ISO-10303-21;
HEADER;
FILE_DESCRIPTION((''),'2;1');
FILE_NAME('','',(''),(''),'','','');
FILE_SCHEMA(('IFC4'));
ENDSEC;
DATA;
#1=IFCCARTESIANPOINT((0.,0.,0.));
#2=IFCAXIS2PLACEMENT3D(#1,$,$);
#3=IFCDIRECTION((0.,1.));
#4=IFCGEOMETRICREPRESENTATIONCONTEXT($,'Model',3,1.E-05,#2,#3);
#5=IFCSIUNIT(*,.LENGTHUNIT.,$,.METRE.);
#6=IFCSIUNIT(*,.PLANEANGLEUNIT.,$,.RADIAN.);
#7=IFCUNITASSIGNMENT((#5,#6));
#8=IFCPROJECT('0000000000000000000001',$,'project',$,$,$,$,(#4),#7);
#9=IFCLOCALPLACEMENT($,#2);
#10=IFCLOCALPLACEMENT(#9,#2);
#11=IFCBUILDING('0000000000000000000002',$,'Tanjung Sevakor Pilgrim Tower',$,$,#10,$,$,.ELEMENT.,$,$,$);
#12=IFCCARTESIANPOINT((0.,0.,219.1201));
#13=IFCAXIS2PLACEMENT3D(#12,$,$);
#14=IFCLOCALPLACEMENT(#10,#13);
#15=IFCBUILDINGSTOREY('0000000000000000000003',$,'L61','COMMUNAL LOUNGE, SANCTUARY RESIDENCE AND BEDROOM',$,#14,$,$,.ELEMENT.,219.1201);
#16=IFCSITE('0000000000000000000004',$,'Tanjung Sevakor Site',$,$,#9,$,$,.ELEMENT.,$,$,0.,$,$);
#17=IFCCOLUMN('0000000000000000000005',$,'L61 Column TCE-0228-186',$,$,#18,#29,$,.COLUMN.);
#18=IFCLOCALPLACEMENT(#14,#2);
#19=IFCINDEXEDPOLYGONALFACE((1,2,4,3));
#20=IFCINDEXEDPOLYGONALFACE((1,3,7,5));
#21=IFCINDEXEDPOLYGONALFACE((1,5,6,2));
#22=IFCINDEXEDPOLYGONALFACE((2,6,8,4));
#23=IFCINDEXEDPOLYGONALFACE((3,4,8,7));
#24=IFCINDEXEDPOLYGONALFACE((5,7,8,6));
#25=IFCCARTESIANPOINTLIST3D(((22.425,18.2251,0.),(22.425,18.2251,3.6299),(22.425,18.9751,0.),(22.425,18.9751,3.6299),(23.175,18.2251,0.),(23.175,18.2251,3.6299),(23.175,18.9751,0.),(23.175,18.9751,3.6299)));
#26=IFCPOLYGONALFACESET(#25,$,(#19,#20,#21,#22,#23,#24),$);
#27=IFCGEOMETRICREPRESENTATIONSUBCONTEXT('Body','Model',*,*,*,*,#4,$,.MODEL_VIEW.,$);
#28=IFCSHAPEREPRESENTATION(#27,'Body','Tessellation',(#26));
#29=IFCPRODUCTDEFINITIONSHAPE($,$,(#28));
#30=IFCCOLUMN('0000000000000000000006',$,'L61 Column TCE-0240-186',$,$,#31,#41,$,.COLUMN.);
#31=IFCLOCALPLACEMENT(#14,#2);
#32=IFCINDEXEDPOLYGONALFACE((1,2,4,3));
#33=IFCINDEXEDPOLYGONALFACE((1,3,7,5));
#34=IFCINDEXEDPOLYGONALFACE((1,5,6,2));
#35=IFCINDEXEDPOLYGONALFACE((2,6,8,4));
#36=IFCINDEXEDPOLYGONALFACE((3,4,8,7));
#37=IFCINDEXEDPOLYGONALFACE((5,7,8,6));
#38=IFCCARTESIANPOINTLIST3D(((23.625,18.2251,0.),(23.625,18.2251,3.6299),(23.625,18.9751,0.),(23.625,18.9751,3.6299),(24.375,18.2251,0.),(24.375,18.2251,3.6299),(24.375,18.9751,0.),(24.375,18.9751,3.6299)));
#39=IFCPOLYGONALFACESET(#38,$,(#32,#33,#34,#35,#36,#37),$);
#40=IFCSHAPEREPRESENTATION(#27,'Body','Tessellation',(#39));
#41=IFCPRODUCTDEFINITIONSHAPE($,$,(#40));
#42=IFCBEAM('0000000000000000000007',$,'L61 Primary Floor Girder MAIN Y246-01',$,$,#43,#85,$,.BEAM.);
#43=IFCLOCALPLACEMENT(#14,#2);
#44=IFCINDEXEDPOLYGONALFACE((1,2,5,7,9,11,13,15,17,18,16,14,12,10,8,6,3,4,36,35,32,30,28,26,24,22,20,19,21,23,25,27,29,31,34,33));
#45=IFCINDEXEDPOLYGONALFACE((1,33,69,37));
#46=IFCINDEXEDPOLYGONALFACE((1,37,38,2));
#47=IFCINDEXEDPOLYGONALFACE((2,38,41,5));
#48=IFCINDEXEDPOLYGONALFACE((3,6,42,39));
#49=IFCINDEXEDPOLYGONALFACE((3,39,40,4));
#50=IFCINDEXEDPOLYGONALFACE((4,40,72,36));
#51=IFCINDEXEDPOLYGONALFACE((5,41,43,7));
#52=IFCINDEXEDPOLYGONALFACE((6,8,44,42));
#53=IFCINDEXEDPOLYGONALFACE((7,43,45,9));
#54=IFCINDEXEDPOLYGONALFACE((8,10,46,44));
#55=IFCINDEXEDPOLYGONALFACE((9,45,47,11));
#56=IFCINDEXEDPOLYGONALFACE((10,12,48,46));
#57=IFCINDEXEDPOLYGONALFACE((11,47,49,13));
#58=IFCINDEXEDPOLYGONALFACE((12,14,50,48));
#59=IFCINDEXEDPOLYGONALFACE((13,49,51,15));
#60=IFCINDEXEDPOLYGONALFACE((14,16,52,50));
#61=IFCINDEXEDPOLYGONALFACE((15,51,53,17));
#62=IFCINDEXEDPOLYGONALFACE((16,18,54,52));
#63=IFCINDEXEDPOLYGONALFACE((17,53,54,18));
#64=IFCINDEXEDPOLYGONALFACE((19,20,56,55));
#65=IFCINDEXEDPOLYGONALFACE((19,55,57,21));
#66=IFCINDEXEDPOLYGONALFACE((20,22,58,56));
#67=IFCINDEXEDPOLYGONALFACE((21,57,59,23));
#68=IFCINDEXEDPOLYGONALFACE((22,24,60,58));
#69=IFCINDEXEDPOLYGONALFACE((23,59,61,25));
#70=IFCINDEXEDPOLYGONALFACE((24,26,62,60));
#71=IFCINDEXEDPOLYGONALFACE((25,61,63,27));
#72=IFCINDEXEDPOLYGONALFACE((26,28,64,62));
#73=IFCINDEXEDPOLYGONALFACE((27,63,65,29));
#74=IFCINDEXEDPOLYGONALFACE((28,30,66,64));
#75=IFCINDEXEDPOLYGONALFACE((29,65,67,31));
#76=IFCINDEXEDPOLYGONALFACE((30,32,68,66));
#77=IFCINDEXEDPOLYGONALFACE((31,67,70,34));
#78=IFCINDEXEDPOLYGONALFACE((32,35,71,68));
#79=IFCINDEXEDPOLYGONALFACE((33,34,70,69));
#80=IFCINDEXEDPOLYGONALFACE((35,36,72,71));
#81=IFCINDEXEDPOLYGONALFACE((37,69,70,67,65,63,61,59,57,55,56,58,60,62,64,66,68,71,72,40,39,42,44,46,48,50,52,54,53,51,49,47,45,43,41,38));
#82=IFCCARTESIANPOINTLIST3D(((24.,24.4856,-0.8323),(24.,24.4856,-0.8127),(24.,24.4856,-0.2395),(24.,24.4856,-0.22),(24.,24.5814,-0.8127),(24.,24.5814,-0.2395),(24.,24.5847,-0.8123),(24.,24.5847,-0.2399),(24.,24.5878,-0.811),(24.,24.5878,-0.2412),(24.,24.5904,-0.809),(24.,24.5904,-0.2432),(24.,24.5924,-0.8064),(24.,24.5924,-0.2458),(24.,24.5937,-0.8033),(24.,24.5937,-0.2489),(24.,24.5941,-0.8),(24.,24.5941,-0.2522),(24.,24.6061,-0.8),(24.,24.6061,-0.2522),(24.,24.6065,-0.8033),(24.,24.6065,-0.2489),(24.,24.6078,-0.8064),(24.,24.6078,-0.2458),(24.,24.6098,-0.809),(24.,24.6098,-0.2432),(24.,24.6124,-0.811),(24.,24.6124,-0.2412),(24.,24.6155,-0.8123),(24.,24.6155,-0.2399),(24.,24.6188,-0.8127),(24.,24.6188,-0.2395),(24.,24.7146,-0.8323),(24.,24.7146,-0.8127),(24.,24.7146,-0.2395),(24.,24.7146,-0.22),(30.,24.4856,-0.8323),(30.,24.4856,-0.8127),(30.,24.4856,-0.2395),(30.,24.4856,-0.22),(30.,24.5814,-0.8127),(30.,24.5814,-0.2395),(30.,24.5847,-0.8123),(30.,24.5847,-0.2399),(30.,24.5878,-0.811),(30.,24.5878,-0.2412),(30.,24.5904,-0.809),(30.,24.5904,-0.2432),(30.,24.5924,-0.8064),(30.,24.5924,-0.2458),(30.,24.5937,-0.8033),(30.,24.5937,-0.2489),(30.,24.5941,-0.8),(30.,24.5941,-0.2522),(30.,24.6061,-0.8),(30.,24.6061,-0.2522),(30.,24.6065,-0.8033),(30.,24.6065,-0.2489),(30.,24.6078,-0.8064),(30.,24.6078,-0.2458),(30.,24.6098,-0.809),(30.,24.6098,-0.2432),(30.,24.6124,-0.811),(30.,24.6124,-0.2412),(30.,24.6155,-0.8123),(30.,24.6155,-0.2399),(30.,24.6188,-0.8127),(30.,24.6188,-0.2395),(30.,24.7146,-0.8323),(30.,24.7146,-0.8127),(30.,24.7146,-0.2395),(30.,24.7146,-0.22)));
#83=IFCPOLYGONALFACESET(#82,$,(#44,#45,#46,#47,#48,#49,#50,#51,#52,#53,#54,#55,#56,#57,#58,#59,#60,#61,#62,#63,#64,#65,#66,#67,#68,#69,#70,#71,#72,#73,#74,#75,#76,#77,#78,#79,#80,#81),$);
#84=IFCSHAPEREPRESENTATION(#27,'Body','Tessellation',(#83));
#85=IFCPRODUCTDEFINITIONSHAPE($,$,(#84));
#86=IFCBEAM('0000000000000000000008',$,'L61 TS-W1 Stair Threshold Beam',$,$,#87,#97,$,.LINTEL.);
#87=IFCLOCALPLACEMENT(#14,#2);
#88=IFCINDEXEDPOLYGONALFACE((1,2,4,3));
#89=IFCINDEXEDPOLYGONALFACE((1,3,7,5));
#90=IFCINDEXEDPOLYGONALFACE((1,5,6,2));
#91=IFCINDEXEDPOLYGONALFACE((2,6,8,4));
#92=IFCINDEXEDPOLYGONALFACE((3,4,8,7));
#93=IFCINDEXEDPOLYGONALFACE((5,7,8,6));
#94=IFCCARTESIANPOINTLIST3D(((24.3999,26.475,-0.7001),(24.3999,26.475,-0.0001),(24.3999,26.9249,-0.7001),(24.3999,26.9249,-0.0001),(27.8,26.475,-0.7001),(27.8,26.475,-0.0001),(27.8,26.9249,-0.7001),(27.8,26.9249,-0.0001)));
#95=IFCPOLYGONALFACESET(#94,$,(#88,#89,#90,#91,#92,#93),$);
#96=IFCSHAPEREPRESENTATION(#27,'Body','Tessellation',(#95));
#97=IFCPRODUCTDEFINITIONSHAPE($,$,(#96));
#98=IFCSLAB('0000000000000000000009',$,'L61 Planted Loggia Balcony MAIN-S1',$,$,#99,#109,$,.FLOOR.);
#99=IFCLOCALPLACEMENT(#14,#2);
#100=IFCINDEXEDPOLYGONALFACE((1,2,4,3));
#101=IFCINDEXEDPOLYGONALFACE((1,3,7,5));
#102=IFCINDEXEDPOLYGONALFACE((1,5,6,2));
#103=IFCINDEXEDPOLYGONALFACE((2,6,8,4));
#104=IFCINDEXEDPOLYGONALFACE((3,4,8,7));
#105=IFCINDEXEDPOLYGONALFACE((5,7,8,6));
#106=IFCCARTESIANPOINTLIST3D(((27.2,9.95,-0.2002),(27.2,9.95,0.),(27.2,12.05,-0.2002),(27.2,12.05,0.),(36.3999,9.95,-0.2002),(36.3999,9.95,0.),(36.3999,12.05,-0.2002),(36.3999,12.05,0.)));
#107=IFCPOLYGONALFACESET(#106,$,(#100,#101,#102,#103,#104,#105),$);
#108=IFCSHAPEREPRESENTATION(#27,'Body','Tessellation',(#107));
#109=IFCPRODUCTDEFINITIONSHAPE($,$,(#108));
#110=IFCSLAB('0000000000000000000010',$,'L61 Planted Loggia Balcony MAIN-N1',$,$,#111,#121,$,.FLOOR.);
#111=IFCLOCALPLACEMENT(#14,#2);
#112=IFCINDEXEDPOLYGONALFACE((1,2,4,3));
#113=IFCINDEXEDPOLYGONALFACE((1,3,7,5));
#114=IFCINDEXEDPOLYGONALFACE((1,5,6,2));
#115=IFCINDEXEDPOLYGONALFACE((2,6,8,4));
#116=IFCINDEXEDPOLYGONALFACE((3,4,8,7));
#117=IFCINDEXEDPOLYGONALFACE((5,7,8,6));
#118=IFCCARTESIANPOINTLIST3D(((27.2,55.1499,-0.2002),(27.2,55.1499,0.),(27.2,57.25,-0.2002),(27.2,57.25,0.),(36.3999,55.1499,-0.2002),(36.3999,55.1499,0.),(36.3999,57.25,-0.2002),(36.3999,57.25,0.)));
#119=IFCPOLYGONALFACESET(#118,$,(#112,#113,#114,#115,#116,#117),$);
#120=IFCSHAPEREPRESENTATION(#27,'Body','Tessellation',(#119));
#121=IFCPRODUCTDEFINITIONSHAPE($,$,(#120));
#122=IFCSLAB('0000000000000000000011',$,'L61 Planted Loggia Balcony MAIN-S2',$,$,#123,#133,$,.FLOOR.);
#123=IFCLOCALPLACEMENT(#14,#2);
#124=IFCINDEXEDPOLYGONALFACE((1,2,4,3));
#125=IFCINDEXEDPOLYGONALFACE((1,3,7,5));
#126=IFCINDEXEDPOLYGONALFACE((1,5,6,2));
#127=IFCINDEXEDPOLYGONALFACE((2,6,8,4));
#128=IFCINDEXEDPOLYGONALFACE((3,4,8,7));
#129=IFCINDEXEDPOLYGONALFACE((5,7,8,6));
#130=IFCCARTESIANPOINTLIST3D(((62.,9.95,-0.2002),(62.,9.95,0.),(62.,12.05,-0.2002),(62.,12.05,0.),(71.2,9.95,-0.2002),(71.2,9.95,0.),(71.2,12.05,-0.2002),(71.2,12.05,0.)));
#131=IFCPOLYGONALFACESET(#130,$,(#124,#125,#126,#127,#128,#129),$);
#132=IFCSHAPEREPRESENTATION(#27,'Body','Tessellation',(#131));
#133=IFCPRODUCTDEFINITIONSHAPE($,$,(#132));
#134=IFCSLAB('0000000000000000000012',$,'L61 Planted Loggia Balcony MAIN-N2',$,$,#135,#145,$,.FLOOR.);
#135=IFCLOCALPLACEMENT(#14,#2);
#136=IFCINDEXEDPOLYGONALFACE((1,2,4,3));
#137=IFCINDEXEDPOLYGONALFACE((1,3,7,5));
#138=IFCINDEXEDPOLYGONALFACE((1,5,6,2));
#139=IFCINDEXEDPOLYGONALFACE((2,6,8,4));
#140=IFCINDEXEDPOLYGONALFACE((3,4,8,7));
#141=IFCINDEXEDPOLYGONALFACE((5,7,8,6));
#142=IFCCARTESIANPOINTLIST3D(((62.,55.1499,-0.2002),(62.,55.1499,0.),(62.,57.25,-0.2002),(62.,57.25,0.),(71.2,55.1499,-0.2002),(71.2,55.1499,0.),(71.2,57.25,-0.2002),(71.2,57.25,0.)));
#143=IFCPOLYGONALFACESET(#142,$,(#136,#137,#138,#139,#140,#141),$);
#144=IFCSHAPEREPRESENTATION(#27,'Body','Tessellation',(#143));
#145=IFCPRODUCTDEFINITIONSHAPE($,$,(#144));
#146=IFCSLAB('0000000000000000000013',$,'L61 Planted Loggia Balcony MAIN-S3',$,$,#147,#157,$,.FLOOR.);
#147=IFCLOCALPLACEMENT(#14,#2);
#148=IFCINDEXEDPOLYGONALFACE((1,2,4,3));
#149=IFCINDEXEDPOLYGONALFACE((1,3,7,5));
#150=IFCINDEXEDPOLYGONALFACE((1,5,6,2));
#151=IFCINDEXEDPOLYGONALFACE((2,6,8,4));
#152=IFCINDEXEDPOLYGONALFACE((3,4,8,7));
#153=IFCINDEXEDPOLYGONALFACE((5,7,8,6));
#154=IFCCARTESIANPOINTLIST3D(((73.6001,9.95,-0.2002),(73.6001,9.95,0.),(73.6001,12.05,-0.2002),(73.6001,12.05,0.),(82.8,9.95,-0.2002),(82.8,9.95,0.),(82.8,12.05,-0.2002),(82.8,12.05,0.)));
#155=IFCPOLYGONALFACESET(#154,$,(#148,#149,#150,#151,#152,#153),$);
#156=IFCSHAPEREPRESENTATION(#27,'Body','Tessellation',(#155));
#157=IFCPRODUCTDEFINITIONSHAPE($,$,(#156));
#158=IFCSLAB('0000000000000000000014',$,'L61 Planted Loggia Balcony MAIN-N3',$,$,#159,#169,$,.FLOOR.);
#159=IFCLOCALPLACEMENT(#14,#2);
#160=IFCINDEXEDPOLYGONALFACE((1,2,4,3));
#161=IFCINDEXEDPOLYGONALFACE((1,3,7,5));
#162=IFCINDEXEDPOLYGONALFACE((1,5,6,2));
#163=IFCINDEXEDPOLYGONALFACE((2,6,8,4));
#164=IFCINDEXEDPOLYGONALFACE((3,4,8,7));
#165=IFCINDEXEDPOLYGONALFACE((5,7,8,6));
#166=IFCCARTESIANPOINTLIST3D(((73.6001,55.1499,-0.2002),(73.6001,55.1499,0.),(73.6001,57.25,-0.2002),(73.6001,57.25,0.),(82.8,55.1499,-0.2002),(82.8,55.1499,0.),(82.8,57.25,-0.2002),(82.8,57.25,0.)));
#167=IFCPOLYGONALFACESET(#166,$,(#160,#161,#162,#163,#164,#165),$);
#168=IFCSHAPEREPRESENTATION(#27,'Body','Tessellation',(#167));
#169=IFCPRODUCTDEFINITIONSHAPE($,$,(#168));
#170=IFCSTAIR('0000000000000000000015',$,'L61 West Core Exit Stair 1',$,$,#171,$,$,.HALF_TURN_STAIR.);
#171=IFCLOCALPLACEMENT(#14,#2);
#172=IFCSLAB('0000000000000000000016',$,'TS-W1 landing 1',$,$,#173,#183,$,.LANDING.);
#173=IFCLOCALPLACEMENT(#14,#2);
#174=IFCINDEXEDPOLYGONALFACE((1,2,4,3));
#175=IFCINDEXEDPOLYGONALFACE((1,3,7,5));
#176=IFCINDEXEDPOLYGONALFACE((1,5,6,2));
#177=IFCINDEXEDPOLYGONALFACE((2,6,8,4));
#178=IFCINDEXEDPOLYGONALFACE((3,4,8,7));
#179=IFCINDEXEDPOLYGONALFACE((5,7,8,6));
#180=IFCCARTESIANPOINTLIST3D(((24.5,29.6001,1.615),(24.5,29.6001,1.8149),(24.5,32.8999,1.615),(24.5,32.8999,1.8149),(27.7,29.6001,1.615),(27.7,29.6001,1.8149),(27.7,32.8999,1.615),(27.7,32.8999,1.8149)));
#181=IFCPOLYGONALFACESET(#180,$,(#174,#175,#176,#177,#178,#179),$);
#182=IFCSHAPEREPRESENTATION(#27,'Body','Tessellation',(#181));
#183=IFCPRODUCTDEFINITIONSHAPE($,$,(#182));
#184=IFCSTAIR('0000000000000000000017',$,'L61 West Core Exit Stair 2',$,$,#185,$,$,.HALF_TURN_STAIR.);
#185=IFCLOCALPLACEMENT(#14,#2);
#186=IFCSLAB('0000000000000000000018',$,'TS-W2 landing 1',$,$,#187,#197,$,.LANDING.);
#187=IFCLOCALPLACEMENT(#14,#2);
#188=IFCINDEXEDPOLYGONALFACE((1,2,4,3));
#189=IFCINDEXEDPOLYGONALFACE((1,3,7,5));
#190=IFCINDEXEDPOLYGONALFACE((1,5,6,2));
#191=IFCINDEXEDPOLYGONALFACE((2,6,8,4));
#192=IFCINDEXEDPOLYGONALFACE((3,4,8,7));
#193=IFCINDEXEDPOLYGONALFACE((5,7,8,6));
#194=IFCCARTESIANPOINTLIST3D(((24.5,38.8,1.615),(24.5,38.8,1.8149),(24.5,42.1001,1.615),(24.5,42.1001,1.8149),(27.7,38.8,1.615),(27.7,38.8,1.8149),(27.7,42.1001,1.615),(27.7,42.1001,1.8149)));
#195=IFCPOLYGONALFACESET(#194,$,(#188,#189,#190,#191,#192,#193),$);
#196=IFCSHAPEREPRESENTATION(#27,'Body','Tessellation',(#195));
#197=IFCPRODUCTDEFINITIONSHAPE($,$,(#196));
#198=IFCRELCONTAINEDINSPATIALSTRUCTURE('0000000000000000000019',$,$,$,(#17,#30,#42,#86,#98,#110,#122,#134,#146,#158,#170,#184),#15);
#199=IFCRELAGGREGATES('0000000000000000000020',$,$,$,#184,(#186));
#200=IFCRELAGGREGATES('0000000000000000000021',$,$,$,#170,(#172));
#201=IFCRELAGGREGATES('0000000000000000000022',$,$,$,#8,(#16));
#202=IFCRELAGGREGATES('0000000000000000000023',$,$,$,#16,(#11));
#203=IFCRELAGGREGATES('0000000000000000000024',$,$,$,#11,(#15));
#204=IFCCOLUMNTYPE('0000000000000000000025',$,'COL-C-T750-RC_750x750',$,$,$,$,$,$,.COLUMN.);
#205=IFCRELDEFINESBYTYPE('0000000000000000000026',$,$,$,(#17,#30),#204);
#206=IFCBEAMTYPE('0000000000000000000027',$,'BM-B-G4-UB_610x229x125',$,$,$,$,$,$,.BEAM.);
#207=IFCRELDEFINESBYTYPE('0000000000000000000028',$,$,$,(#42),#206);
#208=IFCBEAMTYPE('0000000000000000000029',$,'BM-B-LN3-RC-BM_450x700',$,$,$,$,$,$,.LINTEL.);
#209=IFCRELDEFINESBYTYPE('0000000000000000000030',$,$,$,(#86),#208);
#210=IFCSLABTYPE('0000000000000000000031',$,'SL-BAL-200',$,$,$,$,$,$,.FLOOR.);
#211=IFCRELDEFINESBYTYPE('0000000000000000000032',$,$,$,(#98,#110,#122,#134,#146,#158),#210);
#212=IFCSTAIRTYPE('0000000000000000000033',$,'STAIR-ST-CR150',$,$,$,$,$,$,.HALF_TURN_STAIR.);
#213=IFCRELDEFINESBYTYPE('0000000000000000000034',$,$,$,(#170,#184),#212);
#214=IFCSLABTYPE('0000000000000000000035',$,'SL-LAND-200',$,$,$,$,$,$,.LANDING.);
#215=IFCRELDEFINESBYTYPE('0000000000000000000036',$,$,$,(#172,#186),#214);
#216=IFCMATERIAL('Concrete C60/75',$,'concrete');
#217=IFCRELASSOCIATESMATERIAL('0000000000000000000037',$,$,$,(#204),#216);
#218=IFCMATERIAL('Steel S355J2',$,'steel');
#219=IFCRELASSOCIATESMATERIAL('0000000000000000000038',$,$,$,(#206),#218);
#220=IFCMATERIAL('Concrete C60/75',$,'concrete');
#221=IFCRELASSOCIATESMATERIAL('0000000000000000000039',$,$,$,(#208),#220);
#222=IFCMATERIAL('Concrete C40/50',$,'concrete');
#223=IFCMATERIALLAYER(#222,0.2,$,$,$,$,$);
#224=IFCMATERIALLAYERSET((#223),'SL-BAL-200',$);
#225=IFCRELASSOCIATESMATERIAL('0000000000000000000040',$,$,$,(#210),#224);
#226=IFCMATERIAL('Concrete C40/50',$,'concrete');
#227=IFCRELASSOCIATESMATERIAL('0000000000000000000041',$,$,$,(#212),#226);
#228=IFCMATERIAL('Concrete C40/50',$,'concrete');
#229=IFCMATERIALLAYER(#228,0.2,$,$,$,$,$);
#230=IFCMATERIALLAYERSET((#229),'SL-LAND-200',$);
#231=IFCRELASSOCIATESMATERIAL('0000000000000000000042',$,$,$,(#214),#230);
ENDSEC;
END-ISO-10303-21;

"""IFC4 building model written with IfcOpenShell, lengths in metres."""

from ifc_helpers import new_model, si_unit, direction, frame, origin, origin_2d, place, context, subcontext, project, spatial, polyline, rectangle, i_section, outline, extrude, material, layer, layer_set, material_profile, profile_set, type_object, element, aggregate, save


model = new_model("IFC4")

# Units and contexts
model_context = context("Model", 3, precision=1e-05, world=origin(), true_north=direction((0.0, 1.0)))
body_context = subcontext(model_context, "Body", "Model", "MODEL_VIEW")
ifc_project = project(units=[si_unit("LENGTHUNIT", "METRE"), si_unit("PLANEANGLEUNIT", "RADIAN")], contexts=[model_context])

# Site, building, storey
site_placement = place(None, origin())
site = spatial("IfcSite", under=ifc_project, at=site_placement, Name="Tanjung Sevakor Site", CompositionType="ELEMENT", RefElevation=0.0)
building_placement = place(site_placement, origin())
building = spatial("IfcBuilding", under=site, at=building_placement, Name="Tanjung Sevakor Pilgrim Tower", CompositionType="ELEMENT")
storey_placement = place(building_placement, frame((0.0, 0.0, 219.1201)))
storey = spatial("IfcBuildingStorey", under=building, at=storey_placement, Name="L61", Description="COMMUNAL LOUNGE, SANCTUARY RESIDENCE AND BEDROOM", CompositionType="ELEMENT", Elevation=219.1201)

# Columns
ifc_material_1 = material(Name="Concrete C60/75", Category="concrete")
ifc_material_profile_1 = material_profile(ifc_material_1, rectangle(XDim=0.75, YDim=0.75, at=origin_2d()))
ifc_profile_set_1 = profile_set([ifc_material_profile_1], Name="Concrete C60/75")
column_type = type_object("IfcColumnType", Name="COL-C-T750-RC_750x750", PredefinedType="COLUMN", material=ifc_profile_set_1)
for number, where, z_axis, x_axis, name in (
    (1, (22.8, 18.6001, 0.0), (0.0, 0.0, 1.0), (1.0, 0.0, 0.0), "L61 Column TCE-0228-186"),
    (2, (24.0, 18.6001, 0.0), (0.0, 0.0, 1.0), (1.0, 0.0, 0.0), "L61 Column TCE-0240-186"),
):
    element("IfcColumn", number, at=place(storey_placement, frame(where, z_axis=z_axis, x_axis=x_axis)), inside=storey, type_object=column_type, Name=name, PredefinedType="COLUMN", context=body_context, shape_type="SweptSolid", body=[
        extrude(rectangle(XDim=0.75, YDim=0.75, at=origin_2d()), origin(), (0.0, 0.0, 1.0), 3.6299),
    ])

# Beams
ifc_material_2 = material(Name="Steel S355J2", Category="steel")
ifc_material_profile_2 = material_profile(ifc_material_2, i_section(OverallWidth=0.229, OverallDepth=0.6123, WebThickness=0.012, FlangeThickness=0.0195, FilletRadius=0.0127, at=origin_2d()))
ifc_profile_set_2 = profile_set([ifc_material_profile_2], Name="Steel S355J2")
beam_type_1 = type_object("IfcBeamType", Name="BM-B-G4-UB_610x229x125", PredefinedType="BEAM", material=ifc_profile_set_2)
beam_1_placement = place(storey_placement, frame((24.0, 24.6001, -0.5261), z_axis=(1.0, 0.0, 0.0), x_axis=(0.0, 1.0, 0.0)))
element("IfcBeam", 3, at=beam_1_placement, inside=storey, type_object=beam_type_1, Name="L61 Primary Floor Girder MAIN Y246-01", PredefinedType="BEAM", context=body_context, shape_type="SweptSolid", body=[
    extrude(i_section(OverallWidth=0.229, OverallDepth=0.6123, WebThickness=0.012, FlangeThickness=0.0195, FilletRadius=0.0127, at=origin_2d()), origin(), (0.0, 0.0, 1.0), 6.0),
])
ifc_material_3 = material(Name="Concrete C60/75", Category="concrete")
ifc_material_profile_3 = material_profile(ifc_material_3, rectangle(XDim=0.45, YDim=0.7, at=origin_2d()))
ifc_profile_set_3 = profile_set([ifc_material_profile_3], Name="Concrete C60/75")
beam_type_2 = type_object("IfcBeamType", Name="BM-B-LN3-RC-BM_450x700", PredefinedType="LINTEL", material=ifc_profile_set_3)
beam_2_placement = place(storey_placement, frame((24.3999, 26.7, -0.3501), z_axis=(1.0, 0.0, 0.0), x_axis=(0.0, 1.0, 0.0)))
element("IfcBeam", 4, at=beam_2_placement, inside=storey, type_object=beam_type_2, Name="L61 TS-W1 Stair Threshold Beam", PredefinedType="LINTEL", context=body_context, shape_type="SweptSolid", body=[
    extrude(rectangle(XDim=0.45, YDim=0.7, at=origin_2d()), origin(), (0.0, 0.0, 1.0), 3.4001),
])

# Slabs
ifc_material_4 = material(Name="Concrete C40/50", Category="concrete")
ifc_layer_1 = layer(ifc_material_4, 0.2)
ifc_layer_set_1 = layer_set([ifc_layer_1], Name="SL-BAL-200")
slab_type_1 = type_object("IfcSlabType", Name="SL-BAL-200", PredefinedType="FLOOR", material=ifc_layer_set_1)
slab_1_placement = place(storey_placement, frame((0.0, 0.0, -0.2002)))
element("IfcSlab", 5, at=slab_1_placement, inside=storey, type_object=slab_type_1, Name="L61 Planted Loggia Balcony MAIN-S1", PredefinedType="FLOOR", context=body_context, shape_type="SweptSolid", body=[
    extrude(outline(polyline([(27.2, 9.95), (36.3999, 9.95), (36.3999, 12.05), (27.2, 12.05), (27.2, 9.95)])), origin(), (0.0, 0.0, 1.0), 0.2002),
])
slab_2_placement = place(storey_placement, frame((0.0, 0.0, -0.2002)))
element("IfcSlab", 6, at=slab_2_placement, inside=storey, type_object=slab_type_1, Name="L61 Planted Loggia Balcony MAIN-N1", PredefinedType="FLOOR", context=body_context, shape_type="SweptSolid", body=[
    extrude(outline(polyline([(27.2, 55.1499), (36.3999, 55.1499), (36.3999, 57.25), (27.2, 57.25), (27.2, 55.1499)])), origin(), (0.0, 0.0, 1.0), 0.2002),
])
slab_3_placement = place(storey_placement, frame((0.0, 0.0, -0.2002)))
element("IfcSlab", 7, at=slab_3_placement, inside=storey, type_object=slab_type_1, Name="L61 Planted Loggia Balcony MAIN-S2", PredefinedType="FLOOR", context=body_context, shape_type="SweptSolid", body=[
    extrude(outline(polyline([(62.0, 9.95), (71.2, 9.95), (71.2, 12.05), (62.0, 12.05), (62.0, 9.95)])), origin(), (0.0, 0.0, 1.0), 0.2002),
])
slab_4_placement = place(storey_placement, frame((0.0, 0.0, -0.2002)))
element("IfcSlab", 8, at=slab_4_placement, inside=storey, type_object=slab_type_1, Name="L61 Planted Loggia Balcony MAIN-N2", PredefinedType="FLOOR", context=body_context, shape_type="SweptSolid", body=[
    extrude(outline(polyline([(62.0, 55.1499), (71.2, 55.1499), (71.2, 57.25), (62.0, 57.25), (62.0, 55.1499)])), origin(), (0.0, 0.0, 1.0), 0.2002),
])
slab_5_placement = place(storey_placement, frame((0.0, 0.0, -0.2002)))
element("IfcSlab", 9, at=slab_5_placement, inside=storey, type_object=slab_type_1, Name="L61 Planted Loggia Balcony MAIN-S3", PredefinedType="FLOOR", context=body_context, shape_type="SweptSolid", body=[
    extrude(outline(polyline([(73.6001, 9.95), (82.8, 9.95), (82.8, 12.05), (73.6001, 12.05), (73.6001, 9.95)])), origin(), (0.0, 0.0, 1.0), 0.2002),
])
slab_6_placement = place(storey_placement, frame((0.0, 0.0, -0.2002)))
element("IfcSlab", 10, at=slab_6_placement, inside=storey, type_object=slab_type_1, Name="L61 Planted Loggia Balcony MAIN-N3", PredefinedType="FLOOR", context=body_context, shape_type="SweptSolid", body=[
    extrude(outline(polyline([(73.6001, 55.1499), (82.8, 55.1499), (82.8, 57.25), (73.6001, 57.25), (73.6001, 55.1499)])), origin(), (0.0, 0.0, 1.0), 0.2002),
])

# Stairs, slabs
ifc_material_5 = material(Name="Concrete C40/50", Category="concrete")
stair_type = type_object("IfcStairType", Name="STAIR-ST-CR150", PredefinedType="HALF_TURN_STAIR", material=ifc_material_5)
stair_1_placement = place(storey_placement, origin())
stair_1 = element("IfcStair", 11, at=stair_1_placement, inside=storey, type_object=stair_type, Name="L61 West Core Exit Stair 1", PredefinedType="HALF_TURN_STAIR")
ifc_material_6 = material(Name="Concrete C40/50", Category="concrete")
ifc_layer_2 = layer(ifc_material_6, 0.2)
ifc_layer_set_2 = layer_set([ifc_layer_2], Name="SL-LAND-200")
slab_type_2 = type_object("IfcSlabType", Name="SL-LAND-200", PredefinedType="LANDING", material=ifc_layer_set_2)
slab_7_placement = place(storey_placement, frame((0.0, 0.0, 1.615)))
slab_7 = element("IfcSlab", 12, at=slab_7_placement, type_object=slab_type_2, Name="TS-W1 landing 1", PredefinedType="LANDING", context=body_context, shape_type="SweptSolid", body=[
    extrude(outline(polyline([(27.7, 29.6001), (27.7, 32.8999), (24.5, 32.8999), (24.5, 29.6001), (27.7, 29.6001)])), origin(), (0.0, 0.0, 1.0), 0.2),
])
stair_2_placement = place(storey_placement, origin())
stair_2 = element("IfcStair", 13, at=stair_2_placement, inside=storey, type_object=stair_type, Name="L61 West Core Exit Stair 2", PredefinedType="HALF_TURN_STAIR")
slab_8_placement = place(storey_placement, frame((0.0, 0.0, 1.615)))
slab_8 = element("IfcSlab", 14, at=slab_8_placement, type_object=slab_type_2, Name="TS-W2 landing 1", PredefinedType="LANDING", context=body_context, shape_type="SweptSolid", body=[
    extrude(outline(polyline([(27.7, 38.8), (27.7, 42.1001), (24.5, 42.1001), (24.5, 38.8), (27.7, 38.8)])), origin(), (0.0, 0.0, 1.0), 0.2),
])
aggregate(stair_2, [slab_8])

aggregate(stair_1, [slab_7])

save(model, "model.ifc")
